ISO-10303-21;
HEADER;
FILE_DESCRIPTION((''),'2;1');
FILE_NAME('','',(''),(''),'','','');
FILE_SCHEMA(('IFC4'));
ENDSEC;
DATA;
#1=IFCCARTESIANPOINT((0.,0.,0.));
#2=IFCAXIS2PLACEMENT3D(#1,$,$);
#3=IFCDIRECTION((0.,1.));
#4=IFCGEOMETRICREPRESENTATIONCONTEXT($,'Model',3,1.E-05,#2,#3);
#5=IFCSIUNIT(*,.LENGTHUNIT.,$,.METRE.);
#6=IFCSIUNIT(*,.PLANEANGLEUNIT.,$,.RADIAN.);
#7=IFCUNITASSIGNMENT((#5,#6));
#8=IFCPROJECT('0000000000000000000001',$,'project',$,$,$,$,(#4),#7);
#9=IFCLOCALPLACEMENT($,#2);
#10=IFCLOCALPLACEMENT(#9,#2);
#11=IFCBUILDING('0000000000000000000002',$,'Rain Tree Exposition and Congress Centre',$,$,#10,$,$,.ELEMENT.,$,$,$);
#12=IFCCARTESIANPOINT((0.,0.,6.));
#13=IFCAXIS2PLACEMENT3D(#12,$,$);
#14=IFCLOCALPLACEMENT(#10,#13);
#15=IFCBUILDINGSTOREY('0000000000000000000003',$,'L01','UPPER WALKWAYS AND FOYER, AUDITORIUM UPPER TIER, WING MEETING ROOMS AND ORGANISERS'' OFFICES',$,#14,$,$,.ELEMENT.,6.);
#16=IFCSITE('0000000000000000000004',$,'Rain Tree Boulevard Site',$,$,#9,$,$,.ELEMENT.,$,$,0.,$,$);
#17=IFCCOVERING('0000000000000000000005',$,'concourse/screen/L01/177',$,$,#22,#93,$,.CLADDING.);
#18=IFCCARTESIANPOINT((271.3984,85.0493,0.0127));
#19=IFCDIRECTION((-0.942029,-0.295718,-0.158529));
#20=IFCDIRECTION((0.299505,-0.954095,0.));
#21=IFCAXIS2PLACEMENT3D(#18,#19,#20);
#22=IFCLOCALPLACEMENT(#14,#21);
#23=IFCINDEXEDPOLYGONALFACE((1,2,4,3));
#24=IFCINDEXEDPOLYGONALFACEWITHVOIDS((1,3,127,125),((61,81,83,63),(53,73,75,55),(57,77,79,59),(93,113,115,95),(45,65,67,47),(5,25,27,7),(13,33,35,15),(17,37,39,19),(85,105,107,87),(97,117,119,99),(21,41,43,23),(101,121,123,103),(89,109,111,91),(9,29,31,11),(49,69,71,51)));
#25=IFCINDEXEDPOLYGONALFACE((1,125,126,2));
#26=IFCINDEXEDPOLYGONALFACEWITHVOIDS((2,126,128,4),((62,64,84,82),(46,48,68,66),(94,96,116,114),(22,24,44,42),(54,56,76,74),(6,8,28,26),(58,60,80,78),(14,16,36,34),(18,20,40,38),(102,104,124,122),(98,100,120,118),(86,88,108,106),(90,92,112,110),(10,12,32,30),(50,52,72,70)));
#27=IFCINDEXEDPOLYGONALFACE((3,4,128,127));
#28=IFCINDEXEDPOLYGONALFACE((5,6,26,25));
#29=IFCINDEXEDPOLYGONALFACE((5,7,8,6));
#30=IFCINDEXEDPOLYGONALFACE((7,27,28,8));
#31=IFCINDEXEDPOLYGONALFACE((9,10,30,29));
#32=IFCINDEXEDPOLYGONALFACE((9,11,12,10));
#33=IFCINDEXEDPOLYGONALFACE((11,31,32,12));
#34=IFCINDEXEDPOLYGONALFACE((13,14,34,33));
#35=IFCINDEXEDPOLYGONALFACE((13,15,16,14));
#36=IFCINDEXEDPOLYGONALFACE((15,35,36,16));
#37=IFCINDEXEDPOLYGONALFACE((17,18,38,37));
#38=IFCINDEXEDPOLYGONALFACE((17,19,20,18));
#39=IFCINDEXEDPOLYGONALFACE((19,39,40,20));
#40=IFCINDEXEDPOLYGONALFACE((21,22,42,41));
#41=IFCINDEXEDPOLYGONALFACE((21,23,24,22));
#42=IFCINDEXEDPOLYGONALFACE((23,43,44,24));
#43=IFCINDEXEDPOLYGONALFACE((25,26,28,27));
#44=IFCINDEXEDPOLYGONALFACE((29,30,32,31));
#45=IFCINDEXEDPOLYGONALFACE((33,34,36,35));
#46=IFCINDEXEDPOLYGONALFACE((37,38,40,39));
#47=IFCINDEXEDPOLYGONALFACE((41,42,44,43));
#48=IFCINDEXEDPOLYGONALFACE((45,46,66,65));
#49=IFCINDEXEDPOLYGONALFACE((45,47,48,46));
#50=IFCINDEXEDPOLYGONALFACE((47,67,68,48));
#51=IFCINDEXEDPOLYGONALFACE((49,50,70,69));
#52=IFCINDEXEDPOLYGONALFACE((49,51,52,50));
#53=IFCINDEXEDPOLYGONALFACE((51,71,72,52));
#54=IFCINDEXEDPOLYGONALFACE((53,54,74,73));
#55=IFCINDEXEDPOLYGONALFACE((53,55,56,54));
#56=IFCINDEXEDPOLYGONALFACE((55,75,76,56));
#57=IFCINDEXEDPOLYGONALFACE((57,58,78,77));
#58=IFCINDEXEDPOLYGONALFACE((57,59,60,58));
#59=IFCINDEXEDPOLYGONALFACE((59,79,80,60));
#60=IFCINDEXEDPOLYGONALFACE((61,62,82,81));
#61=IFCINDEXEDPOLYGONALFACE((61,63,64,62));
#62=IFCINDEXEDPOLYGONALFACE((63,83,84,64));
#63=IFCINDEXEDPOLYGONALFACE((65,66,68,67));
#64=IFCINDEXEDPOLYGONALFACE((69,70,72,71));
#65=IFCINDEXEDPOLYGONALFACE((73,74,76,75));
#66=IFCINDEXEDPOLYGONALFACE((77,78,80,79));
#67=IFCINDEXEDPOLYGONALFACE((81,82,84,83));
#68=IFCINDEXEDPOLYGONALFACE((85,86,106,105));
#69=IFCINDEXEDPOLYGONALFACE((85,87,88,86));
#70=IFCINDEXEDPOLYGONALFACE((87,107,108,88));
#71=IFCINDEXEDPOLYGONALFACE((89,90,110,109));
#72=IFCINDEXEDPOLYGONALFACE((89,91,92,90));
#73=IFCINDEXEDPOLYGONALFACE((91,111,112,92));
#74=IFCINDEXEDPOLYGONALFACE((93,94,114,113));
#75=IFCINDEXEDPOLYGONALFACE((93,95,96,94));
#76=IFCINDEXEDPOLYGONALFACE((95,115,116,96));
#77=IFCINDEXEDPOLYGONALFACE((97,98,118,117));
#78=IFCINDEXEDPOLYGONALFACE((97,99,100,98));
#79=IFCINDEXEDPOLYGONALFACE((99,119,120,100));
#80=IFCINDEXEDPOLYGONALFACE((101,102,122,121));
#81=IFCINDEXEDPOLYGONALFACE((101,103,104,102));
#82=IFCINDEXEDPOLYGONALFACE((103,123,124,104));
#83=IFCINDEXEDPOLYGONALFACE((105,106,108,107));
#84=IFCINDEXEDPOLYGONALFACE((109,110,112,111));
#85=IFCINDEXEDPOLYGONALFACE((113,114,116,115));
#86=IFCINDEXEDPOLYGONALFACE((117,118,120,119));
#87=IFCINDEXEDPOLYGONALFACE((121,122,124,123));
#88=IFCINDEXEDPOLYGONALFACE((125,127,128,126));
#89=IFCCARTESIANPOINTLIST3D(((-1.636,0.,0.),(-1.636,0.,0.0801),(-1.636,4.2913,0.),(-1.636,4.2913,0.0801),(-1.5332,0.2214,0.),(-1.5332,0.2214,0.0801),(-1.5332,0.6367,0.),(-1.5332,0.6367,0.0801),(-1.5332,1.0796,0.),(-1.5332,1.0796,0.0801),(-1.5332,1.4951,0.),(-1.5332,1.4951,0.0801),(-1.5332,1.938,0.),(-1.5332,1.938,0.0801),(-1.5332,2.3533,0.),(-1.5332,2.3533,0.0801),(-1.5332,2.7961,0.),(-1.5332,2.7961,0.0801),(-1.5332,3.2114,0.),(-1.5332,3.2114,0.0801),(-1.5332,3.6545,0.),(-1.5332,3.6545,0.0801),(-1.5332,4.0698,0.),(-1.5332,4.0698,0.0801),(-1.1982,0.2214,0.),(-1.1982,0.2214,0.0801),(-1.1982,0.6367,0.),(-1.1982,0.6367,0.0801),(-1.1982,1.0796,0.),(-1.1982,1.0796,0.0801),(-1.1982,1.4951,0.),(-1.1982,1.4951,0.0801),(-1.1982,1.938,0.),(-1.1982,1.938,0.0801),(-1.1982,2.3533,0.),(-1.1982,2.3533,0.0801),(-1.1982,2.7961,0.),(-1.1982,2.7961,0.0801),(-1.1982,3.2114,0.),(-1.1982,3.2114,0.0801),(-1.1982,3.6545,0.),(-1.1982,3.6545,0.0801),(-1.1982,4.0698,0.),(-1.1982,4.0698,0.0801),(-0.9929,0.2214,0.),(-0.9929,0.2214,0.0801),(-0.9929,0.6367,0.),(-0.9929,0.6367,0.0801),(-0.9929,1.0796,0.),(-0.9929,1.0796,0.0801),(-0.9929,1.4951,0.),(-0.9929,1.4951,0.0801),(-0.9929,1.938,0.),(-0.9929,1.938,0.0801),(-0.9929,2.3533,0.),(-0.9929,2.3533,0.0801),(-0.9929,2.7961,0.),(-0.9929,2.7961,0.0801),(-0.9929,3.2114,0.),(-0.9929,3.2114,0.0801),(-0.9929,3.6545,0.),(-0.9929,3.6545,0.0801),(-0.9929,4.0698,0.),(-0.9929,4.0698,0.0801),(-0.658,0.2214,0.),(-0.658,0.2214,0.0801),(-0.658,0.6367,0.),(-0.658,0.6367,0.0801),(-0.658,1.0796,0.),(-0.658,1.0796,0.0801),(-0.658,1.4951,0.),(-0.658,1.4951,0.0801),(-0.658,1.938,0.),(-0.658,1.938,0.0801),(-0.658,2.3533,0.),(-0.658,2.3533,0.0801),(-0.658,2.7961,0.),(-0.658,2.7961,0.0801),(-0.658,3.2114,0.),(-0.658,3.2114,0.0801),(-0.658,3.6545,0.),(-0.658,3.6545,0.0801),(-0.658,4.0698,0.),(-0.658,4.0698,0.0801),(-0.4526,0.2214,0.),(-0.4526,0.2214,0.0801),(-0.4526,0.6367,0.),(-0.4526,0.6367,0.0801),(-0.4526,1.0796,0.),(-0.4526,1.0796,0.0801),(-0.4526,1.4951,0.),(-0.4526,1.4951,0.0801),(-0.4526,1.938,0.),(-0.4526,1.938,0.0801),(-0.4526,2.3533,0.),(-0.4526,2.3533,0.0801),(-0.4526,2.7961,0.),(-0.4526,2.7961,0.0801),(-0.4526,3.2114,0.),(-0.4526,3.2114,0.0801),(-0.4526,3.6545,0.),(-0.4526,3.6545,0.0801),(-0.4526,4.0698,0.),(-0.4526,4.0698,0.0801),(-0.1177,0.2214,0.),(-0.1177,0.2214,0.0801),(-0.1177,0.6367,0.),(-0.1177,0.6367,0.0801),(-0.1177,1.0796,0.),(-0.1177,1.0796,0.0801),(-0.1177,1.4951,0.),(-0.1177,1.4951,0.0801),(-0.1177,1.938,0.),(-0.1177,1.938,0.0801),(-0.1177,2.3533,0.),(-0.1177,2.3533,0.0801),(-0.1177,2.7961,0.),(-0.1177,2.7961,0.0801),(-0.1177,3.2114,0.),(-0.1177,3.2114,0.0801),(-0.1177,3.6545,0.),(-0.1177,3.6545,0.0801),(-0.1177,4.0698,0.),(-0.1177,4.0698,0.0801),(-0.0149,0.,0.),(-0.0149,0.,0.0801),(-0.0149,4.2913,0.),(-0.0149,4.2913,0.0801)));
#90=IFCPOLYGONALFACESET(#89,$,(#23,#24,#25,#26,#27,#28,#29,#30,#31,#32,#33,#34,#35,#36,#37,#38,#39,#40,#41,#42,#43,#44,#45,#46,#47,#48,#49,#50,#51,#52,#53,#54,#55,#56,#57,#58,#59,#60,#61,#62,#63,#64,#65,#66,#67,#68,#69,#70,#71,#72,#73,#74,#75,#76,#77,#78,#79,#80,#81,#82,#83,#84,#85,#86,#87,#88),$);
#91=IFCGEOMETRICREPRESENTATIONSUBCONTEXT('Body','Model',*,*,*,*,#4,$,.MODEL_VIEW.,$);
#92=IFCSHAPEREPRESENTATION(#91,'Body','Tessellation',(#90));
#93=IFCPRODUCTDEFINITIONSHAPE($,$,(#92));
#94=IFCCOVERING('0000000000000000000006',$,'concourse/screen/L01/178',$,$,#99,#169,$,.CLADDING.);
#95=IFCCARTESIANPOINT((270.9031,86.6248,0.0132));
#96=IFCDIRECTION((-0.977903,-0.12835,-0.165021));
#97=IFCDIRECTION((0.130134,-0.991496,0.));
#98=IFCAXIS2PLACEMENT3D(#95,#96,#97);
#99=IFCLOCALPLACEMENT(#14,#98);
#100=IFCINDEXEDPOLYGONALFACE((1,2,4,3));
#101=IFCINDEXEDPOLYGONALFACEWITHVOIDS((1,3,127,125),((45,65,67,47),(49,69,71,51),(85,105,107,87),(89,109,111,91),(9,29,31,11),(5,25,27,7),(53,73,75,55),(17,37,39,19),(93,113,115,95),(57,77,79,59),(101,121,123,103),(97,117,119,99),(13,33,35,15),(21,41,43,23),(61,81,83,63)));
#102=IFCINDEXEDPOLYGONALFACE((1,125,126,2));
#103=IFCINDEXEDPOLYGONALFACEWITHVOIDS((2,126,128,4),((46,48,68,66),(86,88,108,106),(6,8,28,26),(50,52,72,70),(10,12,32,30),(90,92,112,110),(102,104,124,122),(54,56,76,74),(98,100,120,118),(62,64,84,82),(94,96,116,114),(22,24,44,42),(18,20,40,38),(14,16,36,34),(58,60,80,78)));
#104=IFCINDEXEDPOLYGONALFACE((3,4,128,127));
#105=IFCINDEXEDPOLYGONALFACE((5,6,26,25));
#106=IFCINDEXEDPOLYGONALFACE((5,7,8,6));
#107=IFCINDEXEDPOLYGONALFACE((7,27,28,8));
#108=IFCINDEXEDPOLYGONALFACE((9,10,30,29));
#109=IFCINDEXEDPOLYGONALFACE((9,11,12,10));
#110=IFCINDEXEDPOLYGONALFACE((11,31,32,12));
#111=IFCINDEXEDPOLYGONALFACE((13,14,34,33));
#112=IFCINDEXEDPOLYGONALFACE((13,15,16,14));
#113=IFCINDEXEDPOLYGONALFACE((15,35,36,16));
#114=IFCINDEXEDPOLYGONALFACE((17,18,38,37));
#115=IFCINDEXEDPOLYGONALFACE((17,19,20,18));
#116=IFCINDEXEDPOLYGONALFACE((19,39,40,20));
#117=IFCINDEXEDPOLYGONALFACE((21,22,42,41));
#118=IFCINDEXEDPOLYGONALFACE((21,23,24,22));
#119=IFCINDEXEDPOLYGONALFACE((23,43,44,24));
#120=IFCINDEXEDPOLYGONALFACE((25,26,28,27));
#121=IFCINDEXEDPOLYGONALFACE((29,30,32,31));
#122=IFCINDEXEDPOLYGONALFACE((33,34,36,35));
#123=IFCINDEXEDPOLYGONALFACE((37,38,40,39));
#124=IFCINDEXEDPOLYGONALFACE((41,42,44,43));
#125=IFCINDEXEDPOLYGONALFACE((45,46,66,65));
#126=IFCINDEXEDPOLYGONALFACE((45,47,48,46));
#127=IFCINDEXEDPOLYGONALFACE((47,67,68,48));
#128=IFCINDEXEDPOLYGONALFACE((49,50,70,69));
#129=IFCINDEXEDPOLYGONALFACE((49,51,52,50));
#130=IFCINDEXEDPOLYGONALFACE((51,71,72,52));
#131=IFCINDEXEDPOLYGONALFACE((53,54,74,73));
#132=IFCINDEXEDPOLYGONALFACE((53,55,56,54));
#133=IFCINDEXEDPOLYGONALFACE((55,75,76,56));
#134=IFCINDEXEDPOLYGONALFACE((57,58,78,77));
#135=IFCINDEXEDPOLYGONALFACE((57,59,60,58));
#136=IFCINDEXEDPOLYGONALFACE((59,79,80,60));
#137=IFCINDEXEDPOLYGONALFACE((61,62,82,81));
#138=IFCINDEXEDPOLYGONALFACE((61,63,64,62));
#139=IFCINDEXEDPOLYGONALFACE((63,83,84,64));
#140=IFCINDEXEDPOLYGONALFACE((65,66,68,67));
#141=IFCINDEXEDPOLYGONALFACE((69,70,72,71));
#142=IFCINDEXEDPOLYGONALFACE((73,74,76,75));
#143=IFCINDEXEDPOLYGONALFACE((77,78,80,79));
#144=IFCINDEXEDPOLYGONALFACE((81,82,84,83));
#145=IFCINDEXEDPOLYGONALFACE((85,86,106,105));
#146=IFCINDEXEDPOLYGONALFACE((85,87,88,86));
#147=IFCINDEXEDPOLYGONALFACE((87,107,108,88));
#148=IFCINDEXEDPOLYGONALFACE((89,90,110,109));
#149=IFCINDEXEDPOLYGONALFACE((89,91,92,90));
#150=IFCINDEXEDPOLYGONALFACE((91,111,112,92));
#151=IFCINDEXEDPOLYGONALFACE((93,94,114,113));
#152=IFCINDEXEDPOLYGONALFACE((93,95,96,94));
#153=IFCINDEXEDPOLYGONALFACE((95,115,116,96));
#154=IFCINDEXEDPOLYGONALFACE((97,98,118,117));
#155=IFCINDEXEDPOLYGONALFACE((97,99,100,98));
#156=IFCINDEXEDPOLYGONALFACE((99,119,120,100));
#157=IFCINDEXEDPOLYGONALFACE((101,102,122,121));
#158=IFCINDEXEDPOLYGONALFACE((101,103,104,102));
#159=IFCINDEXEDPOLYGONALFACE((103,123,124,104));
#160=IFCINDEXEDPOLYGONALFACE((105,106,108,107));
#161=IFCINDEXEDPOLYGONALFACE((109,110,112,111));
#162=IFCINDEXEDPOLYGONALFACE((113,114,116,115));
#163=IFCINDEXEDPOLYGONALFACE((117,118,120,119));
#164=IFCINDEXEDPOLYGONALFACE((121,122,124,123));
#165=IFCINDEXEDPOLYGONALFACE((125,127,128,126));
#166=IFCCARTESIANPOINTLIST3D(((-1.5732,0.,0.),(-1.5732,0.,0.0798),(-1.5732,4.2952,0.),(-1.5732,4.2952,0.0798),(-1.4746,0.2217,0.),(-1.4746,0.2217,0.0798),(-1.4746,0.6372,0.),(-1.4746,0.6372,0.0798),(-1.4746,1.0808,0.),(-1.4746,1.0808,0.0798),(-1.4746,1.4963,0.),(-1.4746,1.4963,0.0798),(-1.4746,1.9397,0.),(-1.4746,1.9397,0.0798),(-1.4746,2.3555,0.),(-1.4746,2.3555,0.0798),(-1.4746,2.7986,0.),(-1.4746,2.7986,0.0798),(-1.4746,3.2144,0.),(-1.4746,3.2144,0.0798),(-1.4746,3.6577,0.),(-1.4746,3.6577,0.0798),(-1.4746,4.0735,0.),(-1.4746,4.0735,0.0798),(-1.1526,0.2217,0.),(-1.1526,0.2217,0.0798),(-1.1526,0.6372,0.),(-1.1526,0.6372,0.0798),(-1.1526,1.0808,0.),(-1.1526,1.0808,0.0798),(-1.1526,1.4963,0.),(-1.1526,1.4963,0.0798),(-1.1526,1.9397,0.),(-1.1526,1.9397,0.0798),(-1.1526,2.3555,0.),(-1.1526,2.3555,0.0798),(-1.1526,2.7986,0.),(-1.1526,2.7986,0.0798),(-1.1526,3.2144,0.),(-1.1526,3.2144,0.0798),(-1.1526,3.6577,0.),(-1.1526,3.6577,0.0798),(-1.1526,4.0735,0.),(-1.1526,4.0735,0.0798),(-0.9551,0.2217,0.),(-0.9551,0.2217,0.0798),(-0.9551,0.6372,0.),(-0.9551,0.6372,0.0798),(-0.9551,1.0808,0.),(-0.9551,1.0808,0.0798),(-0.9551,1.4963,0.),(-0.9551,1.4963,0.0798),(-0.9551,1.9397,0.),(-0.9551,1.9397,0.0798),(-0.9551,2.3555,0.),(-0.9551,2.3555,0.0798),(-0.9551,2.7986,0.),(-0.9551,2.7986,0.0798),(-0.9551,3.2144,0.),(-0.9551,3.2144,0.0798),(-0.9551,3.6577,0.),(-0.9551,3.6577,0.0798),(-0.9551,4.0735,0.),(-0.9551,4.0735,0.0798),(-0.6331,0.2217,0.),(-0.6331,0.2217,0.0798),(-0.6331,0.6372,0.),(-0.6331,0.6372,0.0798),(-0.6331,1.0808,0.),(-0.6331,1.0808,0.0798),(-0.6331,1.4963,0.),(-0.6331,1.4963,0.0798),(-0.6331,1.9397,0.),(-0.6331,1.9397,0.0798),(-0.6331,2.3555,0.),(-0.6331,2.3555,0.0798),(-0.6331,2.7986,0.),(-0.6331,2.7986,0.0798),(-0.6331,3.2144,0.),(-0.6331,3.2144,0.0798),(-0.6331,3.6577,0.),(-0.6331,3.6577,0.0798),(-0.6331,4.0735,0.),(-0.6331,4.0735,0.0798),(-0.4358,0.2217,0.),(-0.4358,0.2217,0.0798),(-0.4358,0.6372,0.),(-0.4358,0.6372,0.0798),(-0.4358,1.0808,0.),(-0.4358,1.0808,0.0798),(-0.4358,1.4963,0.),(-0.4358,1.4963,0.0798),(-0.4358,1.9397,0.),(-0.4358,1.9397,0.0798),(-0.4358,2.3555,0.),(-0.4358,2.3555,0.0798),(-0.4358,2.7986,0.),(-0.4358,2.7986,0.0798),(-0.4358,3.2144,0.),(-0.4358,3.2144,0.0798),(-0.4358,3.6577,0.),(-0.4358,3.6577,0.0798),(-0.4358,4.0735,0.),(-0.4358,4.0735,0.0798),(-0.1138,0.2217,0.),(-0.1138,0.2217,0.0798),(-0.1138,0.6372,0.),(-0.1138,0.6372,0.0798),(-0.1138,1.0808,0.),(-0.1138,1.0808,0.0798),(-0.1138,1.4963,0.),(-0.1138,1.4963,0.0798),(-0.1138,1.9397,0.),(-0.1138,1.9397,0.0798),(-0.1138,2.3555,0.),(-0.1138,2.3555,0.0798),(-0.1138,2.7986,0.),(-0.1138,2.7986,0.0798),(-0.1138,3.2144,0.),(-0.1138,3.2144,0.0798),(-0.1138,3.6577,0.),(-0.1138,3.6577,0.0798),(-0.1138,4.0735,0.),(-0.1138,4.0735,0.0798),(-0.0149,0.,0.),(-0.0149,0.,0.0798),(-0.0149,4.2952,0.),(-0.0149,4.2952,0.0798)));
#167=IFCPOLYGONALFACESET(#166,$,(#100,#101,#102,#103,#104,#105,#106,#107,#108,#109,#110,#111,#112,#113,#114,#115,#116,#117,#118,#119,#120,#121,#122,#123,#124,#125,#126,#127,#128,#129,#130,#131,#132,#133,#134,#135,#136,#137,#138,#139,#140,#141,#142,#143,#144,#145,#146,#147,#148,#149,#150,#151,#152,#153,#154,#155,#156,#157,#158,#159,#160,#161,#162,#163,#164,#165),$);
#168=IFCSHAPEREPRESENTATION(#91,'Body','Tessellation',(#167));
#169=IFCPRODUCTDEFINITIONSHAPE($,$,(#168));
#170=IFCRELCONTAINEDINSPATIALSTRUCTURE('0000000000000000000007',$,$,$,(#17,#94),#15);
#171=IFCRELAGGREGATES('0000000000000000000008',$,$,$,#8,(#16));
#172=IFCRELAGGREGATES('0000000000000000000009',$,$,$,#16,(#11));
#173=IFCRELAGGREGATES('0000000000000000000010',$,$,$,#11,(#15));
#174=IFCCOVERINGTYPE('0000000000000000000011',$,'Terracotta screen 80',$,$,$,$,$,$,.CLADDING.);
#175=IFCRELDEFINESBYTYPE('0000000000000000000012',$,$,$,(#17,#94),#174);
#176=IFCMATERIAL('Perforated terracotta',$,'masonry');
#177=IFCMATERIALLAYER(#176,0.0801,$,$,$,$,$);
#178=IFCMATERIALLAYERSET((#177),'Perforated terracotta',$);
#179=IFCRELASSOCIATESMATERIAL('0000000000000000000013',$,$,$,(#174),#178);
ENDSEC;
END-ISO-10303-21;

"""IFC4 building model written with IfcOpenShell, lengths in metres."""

from ifc_helpers import new_model, si_unit, direction, frame, origin, place, context, subcontext, project, spatial, polyline, outline, extrude, material, layer, layer_set, type_object, element, save


model = new_model("IFC4")

# Units and contexts
model_context = context("Model", 3, precision=1e-05, world=origin(), true_north=direction((0.0, 1.0)))
body_context = subcontext(model_context, "Body", "Model", "MODEL_VIEW")
ifc_project = project(units=[si_unit("LENGTHUNIT", "METRE"), si_unit("PLANEANGLEUNIT", "RADIAN")], contexts=[model_context])

# Site, building, storey
site_placement = place(None, origin())
site = spatial("IfcSite", under=ifc_project, at=site_placement, Name="Rain Tree Boulevard Site", CompositionType="ELEMENT", RefElevation=0.0)
building_placement = place(site_placement, origin())
building = spatial("IfcBuilding", under=site, at=building_placement, Name="Rain Tree Exposition and Congress Centre", CompositionType="ELEMENT")
storey_placement = place(building_placement, frame((0.0, 0.0, 6.0)))
storey = spatial("IfcBuildingStorey", under=building, at=storey_placement, Name="L01", Description="UPPER WALKWAYS AND FOYER, AUDITORIUM UPPER TIER, WING MEETING ROOMS AND ORGANISERS' OFFICES", CompositionType="ELEMENT", Elevation=6.0)

# Coverings
ifc_material_1 = material(Name="Perforated terracotta", Category="masonry")
ifc_layer_1 = layer(ifc_material_1, 0.0801)
ifc_layer_set_1 = layer_set([ifc_layer_1], Name="Perforated terracotta")
covering_type = type_object("IfcCoveringType", Name="Terracotta screen 80", PredefinedType="CLADDING", material=ifc_layer_set_1)
covering_1_placement = place(storey_placement, frame((271.3984, 85.0493, 0.0127), z_axis=(-0.942029, -0.295718, -0.158529), x_axis=(0.299505, -0.954095, 0.0)))
element("IfcCovering", 1, at=covering_1_placement, inside=storey, type_object=covering_type, Name="concourse/screen/L01/177", PredefinedType="CLADDING", context=body_context, shape_type="SweptSolid", body=[
    extrude(outline(polyline([(-1.636, 0.0), (-1.636, 4.2913), (-0.0149, 4.2913), (-0.0149, 0.0), (-1.636, 0.0)]), holes=[polyline([(-0.1177, 0.2214), (-0.1177, 0.6367), (-0.4526, 0.6367), (-0.4526, 0.2214), (-0.1177, 0.2214)]), polyline([(-0.1177, 1.0796), (-0.1177, 1.4951), (-0.4526, 1.4951), (-0.4526, 1.0796), (-0.1177, 1.0796)]), polyline([(-0.1177, 1.938), (-0.1177, 2.3533), (-0.4526, 2.3533), (-0.4526, 1.938), (-0.1177, 1.938)]), polyline([(-0.1177, 2.7961), (-0.1177, 3.2114), (-0.4526, 3.2114), (-0.4526, 2.7961), (-0.1177, 2.7961)]), polyline([(-0.1177, 3.6545), (-0.1177, 4.0698), (-0.4526, 4.0698), (-0.4526, 3.6545), (-0.1177, 3.6545)]), polyline([(-0.658, 0.2214), (-0.658, 0.6367), (-0.9929, 0.6367), (-0.9929, 0.2214), (-0.658, 0.2214)]), polyline([(-0.658, 1.0796), (-0.658, 1.4951), (-0.9929, 1.4951), (-0.9929, 1.0796), (-0.658, 1.0796)]), polyline([(-0.658, 1.938), (-0.658, 2.3533), (-0.9929, 2.3533), (-0.9929, 1.938), (-0.658, 1.938)]), polyline([(-0.658, 2.7961), (-0.658, 3.2114), (-0.9929, 3.2114), (-0.9929, 2.7961), (-0.658, 2.7961)]), polyline([(-0.658, 3.6545), (-0.658, 4.0698), (-0.9929, 4.0698), (-0.9929, 3.6545), (-0.658, 3.6545)]), polyline([(-1.1982, 0.2214), (-1.1982, 0.6367), (-1.5332, 0.6367), (-1.5332, 0.2214), (-1.1982, 0.2214)]), polyline([(-1.1982, 1.0796), (-1.1982, 1.4951), (-1.5332, 1.4951), (-1.5332, 1.0796), (-1.1982, 1.0796)]), polyline([(-1.1982, 1.938), (-1.1982, 2.3533), (-1.5332, 2.3533), (-1.5332, 1.938), (-1.1982, 1.938)]), polyline([(-1.1982, 2.7961), (-1.1982, 3.2114), (-1.5332, 3.2114), (-1.5332, 2.7961), (-1.1982, 2.7961)]), polyline([(-1.1982, 3.6545), (-1.1982, 4.0698), (-1.5332, 4.0698), (-1.5332, 3.6545), (-1.1982, 3.6545)])]), origin(), (0.0, 0.0, 1.0), 0.0801),
])
covering_2_placement = place(storey_placement, frame((270.9031, 86.6248, 0.0132), z_axis=(-0.977903, -0.12835, -0.165021), x_axis=(0.130134, -0.991496, 0.0)))
element("IfcCovering", 2, at=covering_2_placement, inside=storey, type_object=covering_type, Name="concourse/screen/L01/178", PredefinedType="CLADDING", context=body_context, shape_type="SweptSolid", body=[
    extrude(outline(polyline([(-1.5732, 0.0), (-1.5732, 4.2952), (-0.0149, 4.2952), (-0.0149, 0.0), (-1.5732, 0.0)]), holes=[polyline([(-0.1138, 0.2217), (-0.1138, 0.6372), (-0.4358, 0.6372), (-0.4358, 0.2217), (-0.1138, 0.2217)]), polyline([(-0.1138, 1.0808), (-0.1138, 1.4963), (-0.4358, 1.4963), (-0.4358, 1.0808), (-0.1138, 1.0808)]), polyline([(-0.1138, 1.9397), (-0.1138, 2.3555), (-0.4358, 2.3555), (-0.4358, 1.9397), (-0.1138, 1.9397)]), polyline([(-0.1138, 2.7986), (-0.1138, 3.2144), (-0.4358, 3.2144), (-0.4358, 2.7986), (-0.1138, 2.7986)]), polyline([(-0.1138, 3.6577), (-0.1138, 4.0735), (-0.4358, 4.0735), (-0.4358, 3.6577), (-0.1138, 3.6577)]), polyline([(-0.6331, 0.2217), (-0.6331, 0.6372), (-0.9551, 0.6372), (-0.9551, 0.2217), (-0.6331, 0.2217)]), polyline([(-0.6331, 1.0808), (-0.6331, 1.4963), (-0.9551, 1.4963), (-0.9551, 1.0808), (-0.6331, 1.0808)]), polyline([(-0.6331, 1.9397), (-0.6331, 2.3555), (-0.9551, 2.3555), (-0.9551, 1.9397), (-0.6331, 1.9397)]), polyline([(-0.6331, 2.7986), (-0.6331, 3.2144), (-0.9551, 3.2144), (-0.9551, 2.7986), (-0.6331, 2.7986)]), polyline([(-0.6331, 3.6577), (-0.6331, 4.0735), (-0.9551, 4.0735), (-0.9551, 3.6577), (-0.6331, 3.6577)]), polyline([(-1.1526, 0.2217), (-1.1526, 0.6372), (-1.4746, 0.6372), (-1.4746, 0.2217), (-1.1526, 0.2217)]), polyline([(-1.1526, 1.0808), (-1.1526, 1.4963), (-1.4746, 1.4963), (-1.4746, 1.0808), (-1.1526, 1.0808)]), polyline([(-1.1526, 1.9397), (-1.1526, 2.3555), (-1.4746, 2.3555), (-1.4746, 1.9397), (-1.1526, 1.9397)]), polyline([(-1.1526, 2.7986), (-1.1526, 3.2144), (-1.4746, 3.2144), (-1.4746, 2.7986), (-1.1526, 2.7986)]), polyline([(-1.1526, 3.6577), (-1.1526, 4.0735), (-1.4746, 4.0735), (-1.4746, 3.6577), (-1.1526, 3.6577)])]), origin(), (0.0, 0.0, 1.0), 0.0798),
])

save(model, "model.ifc")
